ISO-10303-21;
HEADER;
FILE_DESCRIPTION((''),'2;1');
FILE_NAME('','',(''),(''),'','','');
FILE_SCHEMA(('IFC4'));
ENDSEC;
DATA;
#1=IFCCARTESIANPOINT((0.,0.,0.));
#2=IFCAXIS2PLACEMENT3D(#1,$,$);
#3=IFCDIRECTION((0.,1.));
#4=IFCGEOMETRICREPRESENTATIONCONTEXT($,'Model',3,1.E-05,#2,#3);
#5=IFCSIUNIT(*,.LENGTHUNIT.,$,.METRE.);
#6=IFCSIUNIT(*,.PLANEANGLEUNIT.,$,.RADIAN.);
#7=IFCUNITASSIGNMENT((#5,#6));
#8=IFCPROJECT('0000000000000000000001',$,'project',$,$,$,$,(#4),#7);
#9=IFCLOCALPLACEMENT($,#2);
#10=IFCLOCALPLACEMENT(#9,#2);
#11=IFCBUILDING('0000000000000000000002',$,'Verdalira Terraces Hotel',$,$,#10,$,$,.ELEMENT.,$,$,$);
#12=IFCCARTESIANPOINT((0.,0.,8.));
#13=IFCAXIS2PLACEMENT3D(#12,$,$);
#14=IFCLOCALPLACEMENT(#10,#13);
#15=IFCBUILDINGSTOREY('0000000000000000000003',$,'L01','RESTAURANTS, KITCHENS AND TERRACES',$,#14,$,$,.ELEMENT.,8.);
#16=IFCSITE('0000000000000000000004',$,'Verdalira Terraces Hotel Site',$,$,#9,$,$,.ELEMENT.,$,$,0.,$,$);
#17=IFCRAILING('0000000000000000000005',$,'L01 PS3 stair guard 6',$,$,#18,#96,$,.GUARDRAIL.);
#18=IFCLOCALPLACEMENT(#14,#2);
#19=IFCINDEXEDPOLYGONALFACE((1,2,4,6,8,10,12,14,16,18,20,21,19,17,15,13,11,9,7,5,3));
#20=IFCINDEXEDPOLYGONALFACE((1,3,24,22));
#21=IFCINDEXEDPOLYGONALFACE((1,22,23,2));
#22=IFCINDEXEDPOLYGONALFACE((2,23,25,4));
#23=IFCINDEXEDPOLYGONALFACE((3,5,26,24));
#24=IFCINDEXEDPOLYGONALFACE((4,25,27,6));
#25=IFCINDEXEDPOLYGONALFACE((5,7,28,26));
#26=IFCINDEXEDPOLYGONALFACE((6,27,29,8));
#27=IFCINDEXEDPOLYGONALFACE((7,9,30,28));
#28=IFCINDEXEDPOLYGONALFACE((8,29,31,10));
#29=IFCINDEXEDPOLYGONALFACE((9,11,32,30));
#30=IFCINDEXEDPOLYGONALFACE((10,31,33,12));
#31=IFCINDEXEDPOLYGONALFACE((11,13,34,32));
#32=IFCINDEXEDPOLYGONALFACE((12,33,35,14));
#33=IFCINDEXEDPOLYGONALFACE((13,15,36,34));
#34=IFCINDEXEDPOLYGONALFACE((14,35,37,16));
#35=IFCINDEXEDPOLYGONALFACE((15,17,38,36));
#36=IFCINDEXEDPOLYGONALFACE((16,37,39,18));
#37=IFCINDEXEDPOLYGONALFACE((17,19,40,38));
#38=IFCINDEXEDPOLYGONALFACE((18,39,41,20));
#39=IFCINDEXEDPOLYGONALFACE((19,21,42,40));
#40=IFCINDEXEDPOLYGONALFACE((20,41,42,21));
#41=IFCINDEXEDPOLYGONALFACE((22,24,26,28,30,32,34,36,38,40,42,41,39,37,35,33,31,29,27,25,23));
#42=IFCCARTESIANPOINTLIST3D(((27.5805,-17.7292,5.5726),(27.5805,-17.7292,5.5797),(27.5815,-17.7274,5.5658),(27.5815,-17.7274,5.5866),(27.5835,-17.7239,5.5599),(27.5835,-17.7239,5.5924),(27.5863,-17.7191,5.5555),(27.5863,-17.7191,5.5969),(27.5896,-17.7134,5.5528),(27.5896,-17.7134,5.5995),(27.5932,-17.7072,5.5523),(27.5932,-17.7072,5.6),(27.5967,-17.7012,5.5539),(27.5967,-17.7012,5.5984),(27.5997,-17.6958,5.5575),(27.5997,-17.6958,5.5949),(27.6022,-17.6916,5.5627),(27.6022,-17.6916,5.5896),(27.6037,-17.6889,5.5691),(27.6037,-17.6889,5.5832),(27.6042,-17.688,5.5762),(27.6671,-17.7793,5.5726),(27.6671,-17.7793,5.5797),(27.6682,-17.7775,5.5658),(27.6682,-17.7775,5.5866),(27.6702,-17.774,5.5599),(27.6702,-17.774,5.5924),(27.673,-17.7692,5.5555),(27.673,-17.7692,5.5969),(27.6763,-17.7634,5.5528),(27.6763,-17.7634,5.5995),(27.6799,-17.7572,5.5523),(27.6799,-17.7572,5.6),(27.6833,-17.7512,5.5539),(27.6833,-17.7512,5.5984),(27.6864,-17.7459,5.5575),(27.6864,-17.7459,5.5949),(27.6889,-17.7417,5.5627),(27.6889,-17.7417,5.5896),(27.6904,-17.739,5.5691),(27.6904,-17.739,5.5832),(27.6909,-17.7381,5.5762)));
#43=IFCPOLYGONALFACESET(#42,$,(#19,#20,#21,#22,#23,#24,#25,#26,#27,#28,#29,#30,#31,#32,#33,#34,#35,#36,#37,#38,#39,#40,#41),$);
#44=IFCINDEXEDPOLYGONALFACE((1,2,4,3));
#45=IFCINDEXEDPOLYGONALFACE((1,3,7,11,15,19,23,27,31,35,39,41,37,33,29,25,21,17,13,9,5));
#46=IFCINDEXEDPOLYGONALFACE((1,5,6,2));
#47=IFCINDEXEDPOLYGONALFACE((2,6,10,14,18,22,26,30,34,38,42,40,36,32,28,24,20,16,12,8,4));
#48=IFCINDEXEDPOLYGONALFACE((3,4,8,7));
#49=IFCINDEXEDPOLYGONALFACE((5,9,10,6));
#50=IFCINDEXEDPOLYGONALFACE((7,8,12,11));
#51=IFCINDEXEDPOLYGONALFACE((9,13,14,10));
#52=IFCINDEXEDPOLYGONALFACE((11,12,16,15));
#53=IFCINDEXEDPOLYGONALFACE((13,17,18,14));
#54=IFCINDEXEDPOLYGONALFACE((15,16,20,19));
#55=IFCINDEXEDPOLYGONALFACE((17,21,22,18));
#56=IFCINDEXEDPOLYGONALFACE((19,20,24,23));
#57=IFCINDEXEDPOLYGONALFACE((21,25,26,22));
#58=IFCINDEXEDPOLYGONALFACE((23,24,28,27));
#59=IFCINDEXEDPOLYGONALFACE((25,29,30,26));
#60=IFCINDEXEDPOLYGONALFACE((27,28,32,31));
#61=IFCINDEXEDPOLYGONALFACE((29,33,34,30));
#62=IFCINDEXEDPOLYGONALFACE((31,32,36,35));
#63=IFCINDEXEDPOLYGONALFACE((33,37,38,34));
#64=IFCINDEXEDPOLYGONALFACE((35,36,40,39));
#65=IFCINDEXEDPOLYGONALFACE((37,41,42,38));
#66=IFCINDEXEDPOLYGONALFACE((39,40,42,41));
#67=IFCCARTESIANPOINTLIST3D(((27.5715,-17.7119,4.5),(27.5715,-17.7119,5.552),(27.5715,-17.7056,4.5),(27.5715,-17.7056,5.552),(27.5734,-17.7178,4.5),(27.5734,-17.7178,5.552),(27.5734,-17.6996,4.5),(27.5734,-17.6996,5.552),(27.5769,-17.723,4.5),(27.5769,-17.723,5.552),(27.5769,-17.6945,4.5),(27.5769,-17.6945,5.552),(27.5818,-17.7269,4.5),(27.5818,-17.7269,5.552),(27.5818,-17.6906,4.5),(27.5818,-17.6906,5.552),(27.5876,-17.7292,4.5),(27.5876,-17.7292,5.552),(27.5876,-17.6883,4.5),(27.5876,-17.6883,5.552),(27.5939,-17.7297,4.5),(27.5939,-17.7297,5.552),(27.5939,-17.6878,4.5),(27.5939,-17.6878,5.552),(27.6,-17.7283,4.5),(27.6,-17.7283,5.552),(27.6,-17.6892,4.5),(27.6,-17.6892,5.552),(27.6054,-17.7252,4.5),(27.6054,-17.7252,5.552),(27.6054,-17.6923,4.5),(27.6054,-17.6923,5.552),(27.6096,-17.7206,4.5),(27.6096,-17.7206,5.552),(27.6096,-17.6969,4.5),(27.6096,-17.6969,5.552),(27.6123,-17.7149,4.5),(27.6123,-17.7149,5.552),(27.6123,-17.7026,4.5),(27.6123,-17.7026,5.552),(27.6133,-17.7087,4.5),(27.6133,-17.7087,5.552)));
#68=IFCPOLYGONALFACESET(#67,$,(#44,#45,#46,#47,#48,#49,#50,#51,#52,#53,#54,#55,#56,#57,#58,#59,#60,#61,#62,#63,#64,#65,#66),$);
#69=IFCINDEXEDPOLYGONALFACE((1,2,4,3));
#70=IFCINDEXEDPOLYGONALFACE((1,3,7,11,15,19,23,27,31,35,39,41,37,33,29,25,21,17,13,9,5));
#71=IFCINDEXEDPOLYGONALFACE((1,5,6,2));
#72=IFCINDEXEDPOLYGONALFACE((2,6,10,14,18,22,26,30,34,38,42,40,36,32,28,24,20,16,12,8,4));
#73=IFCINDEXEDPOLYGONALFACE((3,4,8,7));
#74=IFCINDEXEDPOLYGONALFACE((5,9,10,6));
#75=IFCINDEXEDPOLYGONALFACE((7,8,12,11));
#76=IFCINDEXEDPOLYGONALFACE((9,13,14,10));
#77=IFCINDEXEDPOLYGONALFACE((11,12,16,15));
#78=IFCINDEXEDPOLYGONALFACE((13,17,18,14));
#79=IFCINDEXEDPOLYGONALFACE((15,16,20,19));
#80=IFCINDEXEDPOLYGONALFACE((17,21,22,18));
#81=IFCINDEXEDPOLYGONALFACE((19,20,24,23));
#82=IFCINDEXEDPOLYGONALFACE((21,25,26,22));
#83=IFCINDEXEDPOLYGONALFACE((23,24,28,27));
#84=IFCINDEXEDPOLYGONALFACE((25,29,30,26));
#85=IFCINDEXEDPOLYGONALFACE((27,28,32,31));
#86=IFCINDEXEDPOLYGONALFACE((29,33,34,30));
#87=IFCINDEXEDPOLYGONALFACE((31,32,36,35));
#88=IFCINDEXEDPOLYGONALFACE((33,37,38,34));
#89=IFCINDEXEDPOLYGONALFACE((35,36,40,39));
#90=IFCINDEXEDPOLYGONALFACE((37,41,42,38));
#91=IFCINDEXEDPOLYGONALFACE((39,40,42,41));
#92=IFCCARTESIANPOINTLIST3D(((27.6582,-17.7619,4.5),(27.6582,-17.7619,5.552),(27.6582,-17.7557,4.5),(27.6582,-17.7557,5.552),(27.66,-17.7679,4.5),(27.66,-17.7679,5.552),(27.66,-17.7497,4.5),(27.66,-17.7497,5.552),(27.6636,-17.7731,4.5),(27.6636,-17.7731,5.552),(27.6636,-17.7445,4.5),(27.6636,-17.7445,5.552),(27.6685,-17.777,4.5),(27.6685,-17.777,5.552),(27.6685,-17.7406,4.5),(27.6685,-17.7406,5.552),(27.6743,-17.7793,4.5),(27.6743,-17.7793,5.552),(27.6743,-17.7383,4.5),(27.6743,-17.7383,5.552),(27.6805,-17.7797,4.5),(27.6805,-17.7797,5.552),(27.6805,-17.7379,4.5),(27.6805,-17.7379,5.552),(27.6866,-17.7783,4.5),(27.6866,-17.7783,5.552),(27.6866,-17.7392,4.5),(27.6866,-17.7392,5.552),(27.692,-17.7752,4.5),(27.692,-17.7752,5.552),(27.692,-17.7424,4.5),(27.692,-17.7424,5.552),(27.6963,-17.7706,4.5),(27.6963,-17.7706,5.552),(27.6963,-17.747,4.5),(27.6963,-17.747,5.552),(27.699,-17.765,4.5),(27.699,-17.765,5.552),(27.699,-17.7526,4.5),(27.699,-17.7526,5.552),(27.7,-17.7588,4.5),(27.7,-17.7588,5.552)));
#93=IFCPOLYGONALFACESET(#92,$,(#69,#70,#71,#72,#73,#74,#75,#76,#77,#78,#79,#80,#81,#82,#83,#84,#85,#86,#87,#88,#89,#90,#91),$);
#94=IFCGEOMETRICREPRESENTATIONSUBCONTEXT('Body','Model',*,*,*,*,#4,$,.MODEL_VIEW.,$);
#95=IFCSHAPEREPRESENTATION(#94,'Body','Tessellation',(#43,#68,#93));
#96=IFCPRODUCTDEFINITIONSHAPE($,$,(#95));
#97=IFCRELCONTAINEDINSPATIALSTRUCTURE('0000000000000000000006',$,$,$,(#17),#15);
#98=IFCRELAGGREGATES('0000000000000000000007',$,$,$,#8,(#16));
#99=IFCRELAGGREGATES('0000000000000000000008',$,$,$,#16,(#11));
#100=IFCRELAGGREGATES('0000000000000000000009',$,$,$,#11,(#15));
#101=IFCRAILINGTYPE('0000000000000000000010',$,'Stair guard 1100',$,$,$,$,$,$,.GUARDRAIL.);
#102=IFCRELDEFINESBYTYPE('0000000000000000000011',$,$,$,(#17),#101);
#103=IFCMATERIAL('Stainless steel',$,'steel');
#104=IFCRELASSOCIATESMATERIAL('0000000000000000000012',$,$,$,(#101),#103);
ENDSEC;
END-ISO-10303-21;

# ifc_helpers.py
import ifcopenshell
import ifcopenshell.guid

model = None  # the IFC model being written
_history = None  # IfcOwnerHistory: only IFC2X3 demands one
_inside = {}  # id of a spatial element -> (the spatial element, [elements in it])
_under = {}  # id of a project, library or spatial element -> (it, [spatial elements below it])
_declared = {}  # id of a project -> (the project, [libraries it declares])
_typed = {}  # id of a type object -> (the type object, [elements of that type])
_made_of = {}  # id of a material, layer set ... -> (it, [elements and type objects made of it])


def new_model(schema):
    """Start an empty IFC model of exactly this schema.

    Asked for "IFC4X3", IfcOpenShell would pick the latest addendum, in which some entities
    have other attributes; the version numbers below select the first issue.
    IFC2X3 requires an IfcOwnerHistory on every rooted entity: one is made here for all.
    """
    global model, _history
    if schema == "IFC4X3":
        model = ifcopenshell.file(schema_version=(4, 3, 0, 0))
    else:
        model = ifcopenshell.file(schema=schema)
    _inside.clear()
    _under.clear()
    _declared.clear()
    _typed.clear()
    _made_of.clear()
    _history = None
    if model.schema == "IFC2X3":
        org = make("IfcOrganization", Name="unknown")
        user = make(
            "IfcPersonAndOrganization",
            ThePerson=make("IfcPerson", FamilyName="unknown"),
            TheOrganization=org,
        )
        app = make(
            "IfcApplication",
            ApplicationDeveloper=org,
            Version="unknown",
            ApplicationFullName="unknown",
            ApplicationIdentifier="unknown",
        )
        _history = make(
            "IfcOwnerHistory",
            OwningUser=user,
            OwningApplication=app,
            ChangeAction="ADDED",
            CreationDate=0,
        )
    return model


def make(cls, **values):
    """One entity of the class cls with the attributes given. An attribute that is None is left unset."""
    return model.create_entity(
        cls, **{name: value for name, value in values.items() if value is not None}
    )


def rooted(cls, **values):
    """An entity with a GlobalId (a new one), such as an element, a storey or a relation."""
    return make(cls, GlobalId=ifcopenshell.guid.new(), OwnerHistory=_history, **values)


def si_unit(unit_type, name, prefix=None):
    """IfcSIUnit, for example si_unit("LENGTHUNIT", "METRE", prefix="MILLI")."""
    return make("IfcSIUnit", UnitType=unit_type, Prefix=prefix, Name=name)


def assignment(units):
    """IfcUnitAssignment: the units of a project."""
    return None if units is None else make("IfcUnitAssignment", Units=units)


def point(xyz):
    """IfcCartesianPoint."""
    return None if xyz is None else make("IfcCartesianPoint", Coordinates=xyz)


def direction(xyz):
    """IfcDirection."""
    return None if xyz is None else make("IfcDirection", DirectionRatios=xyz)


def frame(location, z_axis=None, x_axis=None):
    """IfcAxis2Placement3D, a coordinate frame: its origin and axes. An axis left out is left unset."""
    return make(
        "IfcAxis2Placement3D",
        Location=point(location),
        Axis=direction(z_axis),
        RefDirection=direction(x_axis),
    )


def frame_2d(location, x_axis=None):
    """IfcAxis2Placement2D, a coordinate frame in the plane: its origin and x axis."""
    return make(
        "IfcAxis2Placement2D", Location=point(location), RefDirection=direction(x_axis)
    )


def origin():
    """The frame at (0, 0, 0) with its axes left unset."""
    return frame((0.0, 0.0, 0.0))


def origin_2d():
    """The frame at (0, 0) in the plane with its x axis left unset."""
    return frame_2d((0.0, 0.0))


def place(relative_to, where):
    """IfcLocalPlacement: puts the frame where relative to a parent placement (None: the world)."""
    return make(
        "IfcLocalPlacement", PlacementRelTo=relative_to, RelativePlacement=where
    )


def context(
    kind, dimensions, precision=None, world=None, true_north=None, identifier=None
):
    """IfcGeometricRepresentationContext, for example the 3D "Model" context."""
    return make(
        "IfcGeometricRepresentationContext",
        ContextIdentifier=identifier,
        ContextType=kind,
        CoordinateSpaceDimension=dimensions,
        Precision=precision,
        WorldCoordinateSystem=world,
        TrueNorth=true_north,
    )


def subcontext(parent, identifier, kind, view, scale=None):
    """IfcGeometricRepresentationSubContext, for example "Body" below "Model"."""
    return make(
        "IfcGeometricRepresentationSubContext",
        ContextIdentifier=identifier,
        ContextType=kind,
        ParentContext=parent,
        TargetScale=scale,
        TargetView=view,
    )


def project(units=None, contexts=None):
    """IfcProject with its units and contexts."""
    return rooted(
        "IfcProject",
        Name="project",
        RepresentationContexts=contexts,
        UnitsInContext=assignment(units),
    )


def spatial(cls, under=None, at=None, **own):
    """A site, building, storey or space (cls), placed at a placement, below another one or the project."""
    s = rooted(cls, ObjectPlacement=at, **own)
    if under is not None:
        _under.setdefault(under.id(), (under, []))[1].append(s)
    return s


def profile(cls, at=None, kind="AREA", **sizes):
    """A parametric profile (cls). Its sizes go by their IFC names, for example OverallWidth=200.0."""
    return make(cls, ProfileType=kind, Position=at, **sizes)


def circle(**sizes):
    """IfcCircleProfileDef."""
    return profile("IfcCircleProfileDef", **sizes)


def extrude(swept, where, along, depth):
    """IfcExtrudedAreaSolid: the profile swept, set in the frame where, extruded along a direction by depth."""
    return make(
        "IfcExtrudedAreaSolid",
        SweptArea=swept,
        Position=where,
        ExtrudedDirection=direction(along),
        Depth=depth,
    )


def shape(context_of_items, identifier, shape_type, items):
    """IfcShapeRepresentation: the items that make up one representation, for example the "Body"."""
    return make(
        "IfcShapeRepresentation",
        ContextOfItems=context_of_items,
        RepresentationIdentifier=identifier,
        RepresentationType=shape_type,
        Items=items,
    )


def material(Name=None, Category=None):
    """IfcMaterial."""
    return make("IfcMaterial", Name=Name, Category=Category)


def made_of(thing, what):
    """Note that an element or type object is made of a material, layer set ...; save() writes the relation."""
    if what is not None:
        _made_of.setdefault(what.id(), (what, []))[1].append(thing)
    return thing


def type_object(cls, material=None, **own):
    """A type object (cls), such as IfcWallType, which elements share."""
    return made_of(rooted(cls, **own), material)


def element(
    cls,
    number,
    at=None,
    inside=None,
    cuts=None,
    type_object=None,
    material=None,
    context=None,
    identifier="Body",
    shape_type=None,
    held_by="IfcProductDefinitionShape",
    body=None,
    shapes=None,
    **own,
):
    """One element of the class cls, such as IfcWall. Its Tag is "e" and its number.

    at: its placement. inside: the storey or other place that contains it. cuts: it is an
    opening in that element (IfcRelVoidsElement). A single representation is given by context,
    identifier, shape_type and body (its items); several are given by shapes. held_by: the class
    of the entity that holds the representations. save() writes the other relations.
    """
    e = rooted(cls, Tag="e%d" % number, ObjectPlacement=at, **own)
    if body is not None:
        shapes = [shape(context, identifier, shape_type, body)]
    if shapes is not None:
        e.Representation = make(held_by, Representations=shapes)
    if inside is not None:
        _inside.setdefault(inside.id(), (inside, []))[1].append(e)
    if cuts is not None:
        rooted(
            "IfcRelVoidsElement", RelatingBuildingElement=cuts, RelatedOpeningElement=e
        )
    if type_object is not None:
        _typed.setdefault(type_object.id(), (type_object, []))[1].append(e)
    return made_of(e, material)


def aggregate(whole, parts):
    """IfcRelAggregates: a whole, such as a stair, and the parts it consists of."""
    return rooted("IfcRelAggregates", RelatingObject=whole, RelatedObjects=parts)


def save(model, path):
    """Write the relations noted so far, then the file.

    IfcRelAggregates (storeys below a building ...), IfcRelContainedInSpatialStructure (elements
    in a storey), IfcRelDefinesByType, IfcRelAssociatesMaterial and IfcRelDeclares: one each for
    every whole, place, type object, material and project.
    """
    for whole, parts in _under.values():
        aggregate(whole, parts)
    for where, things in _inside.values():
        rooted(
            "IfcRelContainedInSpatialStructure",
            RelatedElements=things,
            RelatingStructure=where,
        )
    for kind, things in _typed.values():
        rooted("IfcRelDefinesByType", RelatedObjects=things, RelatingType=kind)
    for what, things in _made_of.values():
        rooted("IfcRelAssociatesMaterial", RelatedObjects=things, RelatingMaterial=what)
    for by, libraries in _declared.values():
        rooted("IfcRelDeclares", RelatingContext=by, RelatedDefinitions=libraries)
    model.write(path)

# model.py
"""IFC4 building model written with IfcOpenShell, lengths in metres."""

from ifc_helpers import new_model, si_unit, direction, frame, origin, origin_2d, place, context, subcontext, project, spatial, circle, extrude, material, type_object, element, save


model = new_model("IFC4")

# Units and contexts
model_context = context("Model", 3, precision=1e-05, world=origin(), true_north=direction((0.0, 1.0)))
body_context = subcontext(model_context, "Body", "Model", "MODEL_VIEW")
ifc_project = project(units=[si_unit("LENGTHUNIT", "METRE"), si_unit("PLANEANGLEUNIT", "RADIAN")], contexts=[model_context])

# Site, building, storey
site_placement = place(None, origin())
site = spatial("IfcSite", under=ifc_project, at=site_placement, Name="Verdalira Terraces Hotel Site", CompositionType="ELEMENT", RefElevation=0.0)
building_placement = place(site_placement, origin())
building = spatial("IfcBuilding", under=site, at=building_placement, Name="Verdalira Terraces Hotel", CompositionType="ELEMENT")
storey_placement = place(building_placement, frame((0.0, 0.0, 8.0)))
storey = spatial("IfcBuildingStorey", under=building, at=storey_placement, Name="L01", Description="RESTAURANTS, KITCHENS AND TERRACES", CompositionType="ELEMENT", Elevation=8.0)

# Railing
ifc_material_1 = material(Name="Stainless steel", Category="steel")
railing_type_1 = type_object("IfcRailingType", Name="Stair guard 1100", PredefinedType="GUARDRAIL", material=ifc_material_1)
railing_1_placement = place(storey_placement, frame((27.5923, -17.7087, 4.5)))
element("IfcRailing", 1, at=railing_1_placement, inside=storey, type_object=railing_type_1, Name="L01 PS3 stair guard 6", PredefinedType="GUARDRAIL", context=body_context, shape_type="SweptSolid", body=[
    extrude(circle(Radius=0.0239, at=origin_2d()), frame((0.0, 0.0, 1.0762), z_axis=(0.865982, -0.500074, 0.0), x_axis=(0.500074, 0.865982, 0.0)), (0.0, 0.0, 1.0), 0.1001),
    extrude(circle(Radius=0.021, at=origin_2d()), origin(), (0.0, 0.0, 1.0), 1.052),
    extrude(circle(Radius=0.021, at=origin_2d()), frame((0.0867, -0.05, 0.0)), (0.0, 0.0, 1.0), 1.052),
])

save(model, "model.ifc")
